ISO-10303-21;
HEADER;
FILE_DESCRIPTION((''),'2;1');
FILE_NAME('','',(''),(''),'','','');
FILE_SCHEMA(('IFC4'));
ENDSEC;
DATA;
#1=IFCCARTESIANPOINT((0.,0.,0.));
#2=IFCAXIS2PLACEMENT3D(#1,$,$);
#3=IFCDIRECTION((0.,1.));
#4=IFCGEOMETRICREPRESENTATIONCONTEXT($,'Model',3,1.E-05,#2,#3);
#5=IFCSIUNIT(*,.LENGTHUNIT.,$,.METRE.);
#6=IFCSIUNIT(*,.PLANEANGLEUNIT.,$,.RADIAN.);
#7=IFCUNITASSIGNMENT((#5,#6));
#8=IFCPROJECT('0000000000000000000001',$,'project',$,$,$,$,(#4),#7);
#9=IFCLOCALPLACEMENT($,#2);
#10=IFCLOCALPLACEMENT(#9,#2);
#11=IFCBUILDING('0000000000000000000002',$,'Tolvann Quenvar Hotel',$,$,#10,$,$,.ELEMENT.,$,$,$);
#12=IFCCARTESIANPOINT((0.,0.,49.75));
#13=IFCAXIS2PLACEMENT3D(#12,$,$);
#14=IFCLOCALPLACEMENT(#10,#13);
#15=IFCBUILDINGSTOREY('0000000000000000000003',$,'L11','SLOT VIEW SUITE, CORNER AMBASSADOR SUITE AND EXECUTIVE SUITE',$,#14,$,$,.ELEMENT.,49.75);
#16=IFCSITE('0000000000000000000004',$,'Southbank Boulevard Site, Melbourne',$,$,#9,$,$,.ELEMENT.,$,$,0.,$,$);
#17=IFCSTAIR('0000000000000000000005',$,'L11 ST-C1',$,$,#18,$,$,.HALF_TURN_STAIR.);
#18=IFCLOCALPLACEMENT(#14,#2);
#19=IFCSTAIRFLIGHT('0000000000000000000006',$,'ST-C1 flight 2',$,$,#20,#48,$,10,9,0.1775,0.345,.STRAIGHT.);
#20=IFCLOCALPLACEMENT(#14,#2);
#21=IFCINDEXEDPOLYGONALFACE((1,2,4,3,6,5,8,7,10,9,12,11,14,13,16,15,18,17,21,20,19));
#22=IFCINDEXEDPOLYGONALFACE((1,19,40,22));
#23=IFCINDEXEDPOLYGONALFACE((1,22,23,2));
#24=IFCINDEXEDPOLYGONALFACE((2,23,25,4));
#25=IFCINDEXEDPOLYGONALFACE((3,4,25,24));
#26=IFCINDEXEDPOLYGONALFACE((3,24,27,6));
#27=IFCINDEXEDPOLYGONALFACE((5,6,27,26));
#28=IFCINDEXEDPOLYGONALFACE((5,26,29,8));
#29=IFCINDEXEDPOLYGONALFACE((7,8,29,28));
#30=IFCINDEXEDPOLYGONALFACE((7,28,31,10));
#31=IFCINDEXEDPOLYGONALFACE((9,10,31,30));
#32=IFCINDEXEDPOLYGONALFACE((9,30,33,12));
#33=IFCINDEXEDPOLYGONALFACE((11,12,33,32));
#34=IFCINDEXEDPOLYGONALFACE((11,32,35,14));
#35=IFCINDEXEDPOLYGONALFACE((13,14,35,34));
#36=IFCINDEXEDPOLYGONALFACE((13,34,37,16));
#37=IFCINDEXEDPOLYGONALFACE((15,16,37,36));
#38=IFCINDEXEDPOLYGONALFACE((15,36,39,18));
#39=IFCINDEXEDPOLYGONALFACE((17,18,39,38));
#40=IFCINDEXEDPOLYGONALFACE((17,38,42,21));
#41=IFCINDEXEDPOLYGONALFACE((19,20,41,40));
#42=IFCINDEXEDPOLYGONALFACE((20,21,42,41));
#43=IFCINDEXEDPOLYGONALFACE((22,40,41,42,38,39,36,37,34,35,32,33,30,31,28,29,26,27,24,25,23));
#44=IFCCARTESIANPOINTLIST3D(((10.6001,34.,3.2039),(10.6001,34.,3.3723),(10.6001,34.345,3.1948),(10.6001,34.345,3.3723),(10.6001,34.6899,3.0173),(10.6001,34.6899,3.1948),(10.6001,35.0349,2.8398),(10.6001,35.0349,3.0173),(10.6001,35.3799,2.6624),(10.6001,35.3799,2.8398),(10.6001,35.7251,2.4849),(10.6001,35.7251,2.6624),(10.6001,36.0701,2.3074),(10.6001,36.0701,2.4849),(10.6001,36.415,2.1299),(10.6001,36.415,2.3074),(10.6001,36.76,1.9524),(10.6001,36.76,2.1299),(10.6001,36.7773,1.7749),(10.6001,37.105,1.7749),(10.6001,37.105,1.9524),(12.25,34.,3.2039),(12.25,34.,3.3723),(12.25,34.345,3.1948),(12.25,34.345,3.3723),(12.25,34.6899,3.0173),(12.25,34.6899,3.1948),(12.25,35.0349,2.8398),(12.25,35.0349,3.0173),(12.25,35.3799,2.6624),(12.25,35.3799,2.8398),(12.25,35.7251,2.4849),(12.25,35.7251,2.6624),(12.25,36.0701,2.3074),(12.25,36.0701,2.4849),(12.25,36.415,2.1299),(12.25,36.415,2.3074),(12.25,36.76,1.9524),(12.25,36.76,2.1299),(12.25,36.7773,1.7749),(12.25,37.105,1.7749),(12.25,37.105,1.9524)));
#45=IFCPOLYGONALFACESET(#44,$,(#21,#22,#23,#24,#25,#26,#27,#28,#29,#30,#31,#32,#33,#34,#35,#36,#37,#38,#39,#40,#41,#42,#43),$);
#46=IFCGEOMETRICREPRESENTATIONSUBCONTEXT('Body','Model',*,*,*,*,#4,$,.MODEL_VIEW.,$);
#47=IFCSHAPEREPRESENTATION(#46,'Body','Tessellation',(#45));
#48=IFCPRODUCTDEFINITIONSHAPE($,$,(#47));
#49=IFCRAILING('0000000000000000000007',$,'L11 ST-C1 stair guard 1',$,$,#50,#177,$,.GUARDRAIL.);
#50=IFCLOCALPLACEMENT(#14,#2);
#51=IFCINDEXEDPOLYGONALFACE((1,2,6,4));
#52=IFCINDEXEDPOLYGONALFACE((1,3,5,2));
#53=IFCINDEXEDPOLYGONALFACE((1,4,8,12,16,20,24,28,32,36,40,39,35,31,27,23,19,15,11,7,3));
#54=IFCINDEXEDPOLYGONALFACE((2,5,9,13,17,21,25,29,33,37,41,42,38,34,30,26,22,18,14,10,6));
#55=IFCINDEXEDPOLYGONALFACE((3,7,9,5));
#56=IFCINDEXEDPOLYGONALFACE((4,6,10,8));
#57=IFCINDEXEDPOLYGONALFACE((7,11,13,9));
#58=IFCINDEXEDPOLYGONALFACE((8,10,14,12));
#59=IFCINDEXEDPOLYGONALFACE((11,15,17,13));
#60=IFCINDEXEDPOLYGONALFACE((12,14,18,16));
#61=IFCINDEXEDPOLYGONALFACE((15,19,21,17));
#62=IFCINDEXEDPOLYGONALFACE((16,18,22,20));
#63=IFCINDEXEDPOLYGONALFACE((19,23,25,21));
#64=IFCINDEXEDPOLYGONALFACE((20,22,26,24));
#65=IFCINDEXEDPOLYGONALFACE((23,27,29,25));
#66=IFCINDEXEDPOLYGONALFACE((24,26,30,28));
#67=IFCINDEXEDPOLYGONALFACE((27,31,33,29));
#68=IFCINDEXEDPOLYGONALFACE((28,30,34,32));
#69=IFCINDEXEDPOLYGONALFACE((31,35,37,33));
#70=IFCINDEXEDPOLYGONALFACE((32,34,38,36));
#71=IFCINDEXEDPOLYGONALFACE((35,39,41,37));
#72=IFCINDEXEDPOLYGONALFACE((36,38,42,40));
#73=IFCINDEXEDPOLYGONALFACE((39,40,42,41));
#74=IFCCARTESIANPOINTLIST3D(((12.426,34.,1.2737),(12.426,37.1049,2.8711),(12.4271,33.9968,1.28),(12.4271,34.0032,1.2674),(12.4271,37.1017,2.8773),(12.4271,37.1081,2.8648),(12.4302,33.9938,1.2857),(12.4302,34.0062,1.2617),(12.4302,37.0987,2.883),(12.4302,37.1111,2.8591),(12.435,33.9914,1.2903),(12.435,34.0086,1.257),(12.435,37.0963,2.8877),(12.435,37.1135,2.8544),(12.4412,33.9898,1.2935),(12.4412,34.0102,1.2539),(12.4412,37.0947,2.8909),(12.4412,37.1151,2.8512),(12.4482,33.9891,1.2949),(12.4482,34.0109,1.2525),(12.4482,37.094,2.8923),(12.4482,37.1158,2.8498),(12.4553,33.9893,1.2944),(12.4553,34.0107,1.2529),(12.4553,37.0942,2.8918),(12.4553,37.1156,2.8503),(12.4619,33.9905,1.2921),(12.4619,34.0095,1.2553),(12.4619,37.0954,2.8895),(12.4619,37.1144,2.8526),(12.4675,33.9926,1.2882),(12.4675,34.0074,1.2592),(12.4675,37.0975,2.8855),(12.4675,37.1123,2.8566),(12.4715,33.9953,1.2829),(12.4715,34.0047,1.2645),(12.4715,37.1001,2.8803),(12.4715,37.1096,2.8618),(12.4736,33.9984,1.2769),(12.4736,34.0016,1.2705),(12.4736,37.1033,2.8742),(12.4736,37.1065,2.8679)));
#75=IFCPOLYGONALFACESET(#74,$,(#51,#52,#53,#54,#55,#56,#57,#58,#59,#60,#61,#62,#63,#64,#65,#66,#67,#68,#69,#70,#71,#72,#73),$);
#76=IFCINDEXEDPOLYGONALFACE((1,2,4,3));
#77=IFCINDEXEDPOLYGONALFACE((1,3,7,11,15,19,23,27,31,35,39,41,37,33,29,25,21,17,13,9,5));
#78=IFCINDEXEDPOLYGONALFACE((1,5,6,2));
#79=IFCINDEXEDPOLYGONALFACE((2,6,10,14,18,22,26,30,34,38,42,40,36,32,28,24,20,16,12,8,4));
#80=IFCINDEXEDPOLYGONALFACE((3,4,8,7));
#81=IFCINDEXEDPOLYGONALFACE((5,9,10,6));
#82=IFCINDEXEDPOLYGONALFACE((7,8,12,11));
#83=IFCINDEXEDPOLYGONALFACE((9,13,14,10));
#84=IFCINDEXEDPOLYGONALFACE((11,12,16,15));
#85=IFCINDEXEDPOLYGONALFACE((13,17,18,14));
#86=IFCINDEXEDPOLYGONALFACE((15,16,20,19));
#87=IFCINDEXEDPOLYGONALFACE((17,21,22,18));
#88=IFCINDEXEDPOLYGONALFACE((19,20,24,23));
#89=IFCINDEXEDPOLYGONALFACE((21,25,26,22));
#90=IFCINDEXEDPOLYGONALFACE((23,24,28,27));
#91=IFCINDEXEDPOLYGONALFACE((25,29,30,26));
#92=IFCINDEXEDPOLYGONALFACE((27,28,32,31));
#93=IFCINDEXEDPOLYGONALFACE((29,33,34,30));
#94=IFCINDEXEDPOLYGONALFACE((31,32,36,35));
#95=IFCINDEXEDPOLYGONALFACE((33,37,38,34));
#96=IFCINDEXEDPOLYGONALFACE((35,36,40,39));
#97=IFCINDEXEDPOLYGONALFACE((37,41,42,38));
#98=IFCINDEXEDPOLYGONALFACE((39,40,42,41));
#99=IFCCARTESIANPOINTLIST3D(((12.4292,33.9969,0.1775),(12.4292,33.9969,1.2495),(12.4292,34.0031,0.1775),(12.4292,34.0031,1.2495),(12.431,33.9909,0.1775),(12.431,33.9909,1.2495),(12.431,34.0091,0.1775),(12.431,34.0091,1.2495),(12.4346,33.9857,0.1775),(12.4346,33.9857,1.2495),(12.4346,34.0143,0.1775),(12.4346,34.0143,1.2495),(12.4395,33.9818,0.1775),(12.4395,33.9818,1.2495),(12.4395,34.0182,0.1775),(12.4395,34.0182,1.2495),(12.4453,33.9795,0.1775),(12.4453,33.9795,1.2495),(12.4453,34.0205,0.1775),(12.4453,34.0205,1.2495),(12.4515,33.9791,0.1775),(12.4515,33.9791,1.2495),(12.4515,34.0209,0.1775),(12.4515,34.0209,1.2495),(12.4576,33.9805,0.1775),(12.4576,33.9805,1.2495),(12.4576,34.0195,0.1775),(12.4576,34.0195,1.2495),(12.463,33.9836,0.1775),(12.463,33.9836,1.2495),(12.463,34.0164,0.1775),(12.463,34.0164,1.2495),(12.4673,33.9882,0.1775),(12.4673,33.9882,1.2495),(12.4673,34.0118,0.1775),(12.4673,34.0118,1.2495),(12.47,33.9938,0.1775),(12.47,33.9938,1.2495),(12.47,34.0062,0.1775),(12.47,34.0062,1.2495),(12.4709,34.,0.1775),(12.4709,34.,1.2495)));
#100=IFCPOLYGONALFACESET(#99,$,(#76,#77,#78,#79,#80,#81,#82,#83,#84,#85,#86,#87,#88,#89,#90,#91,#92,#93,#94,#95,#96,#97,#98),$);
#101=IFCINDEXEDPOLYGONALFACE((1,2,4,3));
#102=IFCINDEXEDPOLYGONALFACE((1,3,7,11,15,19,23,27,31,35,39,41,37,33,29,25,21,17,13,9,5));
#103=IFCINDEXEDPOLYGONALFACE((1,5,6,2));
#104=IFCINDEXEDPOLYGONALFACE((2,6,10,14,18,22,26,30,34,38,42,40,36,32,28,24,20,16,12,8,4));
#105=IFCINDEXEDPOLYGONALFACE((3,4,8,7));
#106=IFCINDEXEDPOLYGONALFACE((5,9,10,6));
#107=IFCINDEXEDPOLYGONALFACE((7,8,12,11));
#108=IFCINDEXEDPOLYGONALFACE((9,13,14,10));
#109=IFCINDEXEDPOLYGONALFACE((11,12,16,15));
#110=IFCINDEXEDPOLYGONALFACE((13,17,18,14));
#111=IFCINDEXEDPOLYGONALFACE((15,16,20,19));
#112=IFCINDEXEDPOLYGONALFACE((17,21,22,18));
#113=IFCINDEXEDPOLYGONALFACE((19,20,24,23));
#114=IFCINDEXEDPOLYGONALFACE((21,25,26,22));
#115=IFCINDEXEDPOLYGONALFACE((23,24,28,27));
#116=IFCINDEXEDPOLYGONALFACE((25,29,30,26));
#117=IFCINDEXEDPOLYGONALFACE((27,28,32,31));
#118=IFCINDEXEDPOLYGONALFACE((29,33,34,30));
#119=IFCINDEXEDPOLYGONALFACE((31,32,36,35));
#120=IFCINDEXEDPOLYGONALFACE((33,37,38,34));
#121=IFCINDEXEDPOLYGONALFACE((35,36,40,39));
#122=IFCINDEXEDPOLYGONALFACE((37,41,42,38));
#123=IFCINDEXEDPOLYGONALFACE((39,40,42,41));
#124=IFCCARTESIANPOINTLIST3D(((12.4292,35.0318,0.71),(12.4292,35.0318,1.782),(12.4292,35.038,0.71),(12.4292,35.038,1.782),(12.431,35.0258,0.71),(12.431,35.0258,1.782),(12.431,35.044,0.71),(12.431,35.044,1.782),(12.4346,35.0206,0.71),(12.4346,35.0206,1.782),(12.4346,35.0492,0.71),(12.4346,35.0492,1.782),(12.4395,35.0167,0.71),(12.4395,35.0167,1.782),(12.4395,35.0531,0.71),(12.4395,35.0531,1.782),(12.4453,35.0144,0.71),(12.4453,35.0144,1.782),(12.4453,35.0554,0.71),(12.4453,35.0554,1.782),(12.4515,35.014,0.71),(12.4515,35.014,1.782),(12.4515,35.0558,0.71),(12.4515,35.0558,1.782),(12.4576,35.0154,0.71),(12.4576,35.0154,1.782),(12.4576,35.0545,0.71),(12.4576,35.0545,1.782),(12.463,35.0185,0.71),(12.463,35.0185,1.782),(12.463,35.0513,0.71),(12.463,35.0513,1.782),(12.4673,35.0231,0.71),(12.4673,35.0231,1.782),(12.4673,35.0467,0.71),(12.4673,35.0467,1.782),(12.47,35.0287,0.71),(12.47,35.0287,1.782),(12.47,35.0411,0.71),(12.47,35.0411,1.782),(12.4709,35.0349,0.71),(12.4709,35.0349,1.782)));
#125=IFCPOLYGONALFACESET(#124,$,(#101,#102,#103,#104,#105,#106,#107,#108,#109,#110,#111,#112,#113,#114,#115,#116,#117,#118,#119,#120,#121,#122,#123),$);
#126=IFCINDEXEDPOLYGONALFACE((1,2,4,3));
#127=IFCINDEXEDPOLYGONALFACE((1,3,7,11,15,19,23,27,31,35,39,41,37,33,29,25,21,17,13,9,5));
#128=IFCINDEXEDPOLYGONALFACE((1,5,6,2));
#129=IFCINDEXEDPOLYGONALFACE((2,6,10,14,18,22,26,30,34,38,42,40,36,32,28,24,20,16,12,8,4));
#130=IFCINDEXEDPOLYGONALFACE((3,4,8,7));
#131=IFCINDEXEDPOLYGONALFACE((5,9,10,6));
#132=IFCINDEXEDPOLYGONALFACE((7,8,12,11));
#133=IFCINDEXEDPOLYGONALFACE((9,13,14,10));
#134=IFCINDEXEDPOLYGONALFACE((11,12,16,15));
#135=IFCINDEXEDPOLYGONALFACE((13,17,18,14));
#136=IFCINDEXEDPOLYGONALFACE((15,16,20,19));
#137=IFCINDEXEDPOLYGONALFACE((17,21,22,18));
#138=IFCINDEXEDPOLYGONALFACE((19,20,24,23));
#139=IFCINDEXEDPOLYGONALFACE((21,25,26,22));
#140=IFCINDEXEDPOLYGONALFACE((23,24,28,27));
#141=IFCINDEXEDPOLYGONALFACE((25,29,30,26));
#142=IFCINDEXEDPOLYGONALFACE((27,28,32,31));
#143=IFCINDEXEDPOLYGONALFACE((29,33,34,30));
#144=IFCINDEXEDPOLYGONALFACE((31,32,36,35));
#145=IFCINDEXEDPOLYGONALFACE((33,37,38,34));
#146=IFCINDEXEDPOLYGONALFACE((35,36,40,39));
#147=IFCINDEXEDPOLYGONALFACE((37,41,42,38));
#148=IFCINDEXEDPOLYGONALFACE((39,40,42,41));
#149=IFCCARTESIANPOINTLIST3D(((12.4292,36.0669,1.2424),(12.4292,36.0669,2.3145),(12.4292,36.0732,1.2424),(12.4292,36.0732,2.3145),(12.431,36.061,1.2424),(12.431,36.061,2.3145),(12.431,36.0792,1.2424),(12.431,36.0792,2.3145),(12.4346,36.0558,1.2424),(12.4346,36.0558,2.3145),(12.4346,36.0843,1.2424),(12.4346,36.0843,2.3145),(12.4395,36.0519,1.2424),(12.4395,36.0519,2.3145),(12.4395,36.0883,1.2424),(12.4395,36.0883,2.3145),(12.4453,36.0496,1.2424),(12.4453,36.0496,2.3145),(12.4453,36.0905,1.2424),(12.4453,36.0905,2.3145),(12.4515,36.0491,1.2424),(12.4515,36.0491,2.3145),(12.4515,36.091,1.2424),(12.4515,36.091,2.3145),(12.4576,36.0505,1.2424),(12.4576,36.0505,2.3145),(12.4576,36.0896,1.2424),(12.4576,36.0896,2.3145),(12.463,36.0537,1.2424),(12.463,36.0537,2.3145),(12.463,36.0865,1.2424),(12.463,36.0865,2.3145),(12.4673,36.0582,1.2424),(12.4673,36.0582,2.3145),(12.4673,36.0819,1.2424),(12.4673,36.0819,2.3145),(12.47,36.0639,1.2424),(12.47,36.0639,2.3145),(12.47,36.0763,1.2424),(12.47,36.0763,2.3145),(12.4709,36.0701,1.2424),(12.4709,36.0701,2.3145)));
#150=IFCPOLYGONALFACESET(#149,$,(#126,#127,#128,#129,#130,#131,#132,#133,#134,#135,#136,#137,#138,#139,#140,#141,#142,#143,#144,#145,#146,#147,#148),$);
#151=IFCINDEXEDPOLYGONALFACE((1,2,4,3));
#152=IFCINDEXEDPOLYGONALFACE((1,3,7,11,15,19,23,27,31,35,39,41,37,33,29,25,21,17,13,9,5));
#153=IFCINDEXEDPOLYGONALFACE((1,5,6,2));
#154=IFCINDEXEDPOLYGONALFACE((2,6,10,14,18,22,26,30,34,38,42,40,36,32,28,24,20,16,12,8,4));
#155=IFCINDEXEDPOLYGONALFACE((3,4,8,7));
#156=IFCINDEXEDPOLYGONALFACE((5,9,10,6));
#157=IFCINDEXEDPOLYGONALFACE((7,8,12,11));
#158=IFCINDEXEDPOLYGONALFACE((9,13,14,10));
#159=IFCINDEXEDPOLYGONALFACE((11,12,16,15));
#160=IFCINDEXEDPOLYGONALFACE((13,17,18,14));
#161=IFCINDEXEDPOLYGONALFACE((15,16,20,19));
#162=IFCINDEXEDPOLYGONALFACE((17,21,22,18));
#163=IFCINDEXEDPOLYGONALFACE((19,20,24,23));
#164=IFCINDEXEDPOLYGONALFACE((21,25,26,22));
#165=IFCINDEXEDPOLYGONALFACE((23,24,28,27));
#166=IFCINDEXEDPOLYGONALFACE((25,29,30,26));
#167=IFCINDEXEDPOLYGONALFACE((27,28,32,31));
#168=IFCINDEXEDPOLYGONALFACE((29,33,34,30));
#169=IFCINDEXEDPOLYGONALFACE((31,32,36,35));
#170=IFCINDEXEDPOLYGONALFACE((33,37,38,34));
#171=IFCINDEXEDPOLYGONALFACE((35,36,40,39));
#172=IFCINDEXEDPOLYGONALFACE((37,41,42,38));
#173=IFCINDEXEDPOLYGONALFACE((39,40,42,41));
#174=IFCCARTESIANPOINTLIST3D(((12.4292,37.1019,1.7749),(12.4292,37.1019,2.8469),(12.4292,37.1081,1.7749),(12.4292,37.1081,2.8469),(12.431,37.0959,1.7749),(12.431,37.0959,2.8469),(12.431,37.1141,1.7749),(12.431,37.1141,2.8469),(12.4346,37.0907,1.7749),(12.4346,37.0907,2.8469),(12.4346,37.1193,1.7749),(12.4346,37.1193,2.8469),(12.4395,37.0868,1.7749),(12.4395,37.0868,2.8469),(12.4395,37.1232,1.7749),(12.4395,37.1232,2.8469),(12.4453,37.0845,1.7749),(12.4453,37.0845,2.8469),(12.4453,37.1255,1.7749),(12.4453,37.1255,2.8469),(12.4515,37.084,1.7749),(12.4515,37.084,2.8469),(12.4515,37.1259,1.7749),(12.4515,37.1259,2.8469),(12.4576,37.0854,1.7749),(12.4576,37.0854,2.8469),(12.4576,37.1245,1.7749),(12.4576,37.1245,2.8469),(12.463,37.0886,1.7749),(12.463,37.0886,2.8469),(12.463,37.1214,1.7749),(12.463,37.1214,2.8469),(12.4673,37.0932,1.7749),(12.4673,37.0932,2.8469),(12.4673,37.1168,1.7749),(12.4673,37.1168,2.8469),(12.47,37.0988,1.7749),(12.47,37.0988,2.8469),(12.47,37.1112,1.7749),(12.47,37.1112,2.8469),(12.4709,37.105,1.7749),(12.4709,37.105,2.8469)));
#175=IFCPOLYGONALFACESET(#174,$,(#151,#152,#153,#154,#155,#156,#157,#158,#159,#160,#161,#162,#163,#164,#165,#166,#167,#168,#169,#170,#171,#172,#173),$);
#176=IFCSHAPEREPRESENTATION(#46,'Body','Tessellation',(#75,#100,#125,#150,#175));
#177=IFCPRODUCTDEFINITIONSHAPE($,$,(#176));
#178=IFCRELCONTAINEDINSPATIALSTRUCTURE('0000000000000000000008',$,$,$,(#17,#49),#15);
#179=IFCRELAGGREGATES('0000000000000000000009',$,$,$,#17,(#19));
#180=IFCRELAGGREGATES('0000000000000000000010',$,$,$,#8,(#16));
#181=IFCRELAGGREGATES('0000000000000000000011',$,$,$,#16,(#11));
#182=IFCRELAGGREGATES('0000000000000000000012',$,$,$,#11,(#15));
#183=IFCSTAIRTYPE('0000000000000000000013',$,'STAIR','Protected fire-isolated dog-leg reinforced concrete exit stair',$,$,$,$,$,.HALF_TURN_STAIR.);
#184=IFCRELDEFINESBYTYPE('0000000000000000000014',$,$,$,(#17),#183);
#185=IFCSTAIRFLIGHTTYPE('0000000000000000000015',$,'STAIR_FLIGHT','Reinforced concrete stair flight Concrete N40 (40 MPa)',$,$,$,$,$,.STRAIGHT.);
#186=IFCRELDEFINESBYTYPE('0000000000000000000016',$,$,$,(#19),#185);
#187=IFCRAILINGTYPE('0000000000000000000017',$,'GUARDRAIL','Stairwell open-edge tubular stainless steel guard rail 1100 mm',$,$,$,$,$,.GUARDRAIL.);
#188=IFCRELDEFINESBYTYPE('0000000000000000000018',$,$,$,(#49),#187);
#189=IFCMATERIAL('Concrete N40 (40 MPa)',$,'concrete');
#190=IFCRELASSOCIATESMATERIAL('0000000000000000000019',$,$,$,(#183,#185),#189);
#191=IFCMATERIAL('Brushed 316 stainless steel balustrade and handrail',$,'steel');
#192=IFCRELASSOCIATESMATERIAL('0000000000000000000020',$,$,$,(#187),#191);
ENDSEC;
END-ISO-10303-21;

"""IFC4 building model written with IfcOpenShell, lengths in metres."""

from ifc_helpers import new_model, si_unit, direction, frame, origin, origin_2d, place, context, subcontext, project, spatial, polyline, circle, outline, extrude, material, type_object, element, aggregate, save


model = new_model("IFC4")

# Units and contexts
model_context = context("Model", 3, precision=1e-05, world=origin(), true_north=direction((0.0, 1.0)))
body_context = subcontext(model_context, "Body", "Model", "MODEL_VIEW")
ifc_project = project(units=[si_unit("LENGTHUNIT", "METRE"), si_unit("PLANEANGLEUNIT", "RADIAN")], contexts=[model_context])

# Site, building, storey
site_placement = place(None, origin())
site = spatial("IfcSite", under=ifc_project, at=site_placement, Name="Southbank Boulevard Site, Melbourne", CompositionType="ELEMENT", RefElevation=0.0)
building_placement = place(site_placement, origin())
building = spatial("IfcBuilding", under=site, at=building_placement, Name="Tolvann Quenvar Hotel", CompositionType="ELEMENT")
storey_placement = place(building_placement, frame((0.0, 0.0, 49.75)))
storey = spatial("IfcBuildingStorey", under=building, at=storey_placement, Name="L11", Description="SLOT VIEW SUITE, CORNER AMBASSADOR SUITE AND EXECUTIVE SUITE", CompositionType="ELEMENT", Elevation=49.75)

# Shared definitions
ifc_material_1 = material(Name="Concrete N40 (40 MPa)", Category="concrete")

# Stair, stair flight
stair_type = type_object("IfcStairType", Name="STAIR", Description="Protected fire-isolated dog-leg reinforced concrete exit stair", PredefinedType="HALF_TURN_STAIR", material=ifc_material_1)
stair_placement = place(storey_placement, origin())
stair = element("IfcStair", 1, at=stair_placement, inside=storey, type_object=stair_type, Name="L11 ST-C1", PredefinedType="HALF_TURN_STAIR")
stair_flight_type = type_object("IfcStairFlightType", Name="STAIR_FLIGHT", Description="Reinforced concrete stair flight Concrete N40 (40 MPa)", PredefinedType="STRAIGHT", material=ifc_material_1)
stair_flight_1_placement = place(storey_placement, frame((11.425, 37.105, 1.7749), z_axis=(0.0, 0.0, 1.0), x_axis=(0.0, -1.0, 0.0)))
stair_flight_1 = element("IfcStairFlight", 2, at=stair_flight_1_placement, type_object=stair_flight_type, Name="ST-C1 flight 2", NumberOfRisers=10, NumberOfTreads=9, PredefinedType="STRAIGHT", RiserHeight=0.1775, TreadLength=0.345, context=body_context, shape_type="SweptSolid", body=[
    extrude(outline(polyline([(0.0, 0.0), (0.0, 0.1775), (0.345, 0.1775), (0.345, 0.355), (0.6899, 0.355), (0.6899, 0.5325), (1.0349, 0.5325), (1.0349, 0.71), (1.3799, 0.71), (1.3799, 0.8875), (1.7251, 0.8875), (1.7251, 1.0649), (2.0701, 1.0649), (2.0701, 1.2424), (2.415, 1.2424), (2.415, 1.4199), (2.76, 1.4199), (2.76, 1.5974), (3.105, 1.5974), (3.105, 1.7749), (3.105, 1.429), (0.3276, 0.0), (0.0, 0.0)])), frame((0.0, 0.825, 0.0), z_axis=(0.0, -1.0, 0.0), x_axis=(1.0, 0.0, 0.0)), (0.0, 0.0, 1.0), 1.6499),
])
aggregate(stair, [stair_flight_1])

# Railing
ifc_material_2 = material(Name="Brushed 316 stainless steel balustrade and handrail", Category="steel")
railing_type_1 = type_object("IfcRailingType", Name="GUARDRAIL", Description="Stairwell open-edge tubular stainless steel guard rail 1100 mm", PredefinedType="GUARDRAIL", material=ifc_material_2)
railing_1_placement = place(storey_placement, frame((12.45, 34.0, 0.1775)))
element("IfcRailing", 3, at=railing_1_placement, inside=storey, type_object=railing_type_1, Name="L11 ST-C1 stair guard 1", PredefinedType="GUARDRAIL", context=body_context, shape_type="SweptSolid", body=[
    extrude(circle(Radius=0.0239, at=origin_2d()), frame((0.0, 0.0, 1.0962), z_axis=(0.0, 0.889222, 0.457476), x_axis=(-1.0, 0.0, 0.0)), (0.0, 0.0, 1.0), 3.4917),
    extrude(circle(Radius=0.021, at=origin_2d()), origin(), (0.0, 0.0, 1.0), 1.072),
    extrude(circle(Radius=0.021, at=origin_2d()), frame((0.0, 1.0349, 0.5325)), (0.0, 0.0, 1.0), 1.072),
    extrude(circle(Radius=0.021, at=origin_2d()), frame((0.0, 2.0701, 1.0649)), (0.0, 0.0, 1.0), 1.072),
    extrude(circle(Radius=0.021, at=origin_2d()), frame((0.0, 3.105, 1.5974)), (0.0, 0.0, 1.0), 1.072),
])

save(model, "model.ifc")
